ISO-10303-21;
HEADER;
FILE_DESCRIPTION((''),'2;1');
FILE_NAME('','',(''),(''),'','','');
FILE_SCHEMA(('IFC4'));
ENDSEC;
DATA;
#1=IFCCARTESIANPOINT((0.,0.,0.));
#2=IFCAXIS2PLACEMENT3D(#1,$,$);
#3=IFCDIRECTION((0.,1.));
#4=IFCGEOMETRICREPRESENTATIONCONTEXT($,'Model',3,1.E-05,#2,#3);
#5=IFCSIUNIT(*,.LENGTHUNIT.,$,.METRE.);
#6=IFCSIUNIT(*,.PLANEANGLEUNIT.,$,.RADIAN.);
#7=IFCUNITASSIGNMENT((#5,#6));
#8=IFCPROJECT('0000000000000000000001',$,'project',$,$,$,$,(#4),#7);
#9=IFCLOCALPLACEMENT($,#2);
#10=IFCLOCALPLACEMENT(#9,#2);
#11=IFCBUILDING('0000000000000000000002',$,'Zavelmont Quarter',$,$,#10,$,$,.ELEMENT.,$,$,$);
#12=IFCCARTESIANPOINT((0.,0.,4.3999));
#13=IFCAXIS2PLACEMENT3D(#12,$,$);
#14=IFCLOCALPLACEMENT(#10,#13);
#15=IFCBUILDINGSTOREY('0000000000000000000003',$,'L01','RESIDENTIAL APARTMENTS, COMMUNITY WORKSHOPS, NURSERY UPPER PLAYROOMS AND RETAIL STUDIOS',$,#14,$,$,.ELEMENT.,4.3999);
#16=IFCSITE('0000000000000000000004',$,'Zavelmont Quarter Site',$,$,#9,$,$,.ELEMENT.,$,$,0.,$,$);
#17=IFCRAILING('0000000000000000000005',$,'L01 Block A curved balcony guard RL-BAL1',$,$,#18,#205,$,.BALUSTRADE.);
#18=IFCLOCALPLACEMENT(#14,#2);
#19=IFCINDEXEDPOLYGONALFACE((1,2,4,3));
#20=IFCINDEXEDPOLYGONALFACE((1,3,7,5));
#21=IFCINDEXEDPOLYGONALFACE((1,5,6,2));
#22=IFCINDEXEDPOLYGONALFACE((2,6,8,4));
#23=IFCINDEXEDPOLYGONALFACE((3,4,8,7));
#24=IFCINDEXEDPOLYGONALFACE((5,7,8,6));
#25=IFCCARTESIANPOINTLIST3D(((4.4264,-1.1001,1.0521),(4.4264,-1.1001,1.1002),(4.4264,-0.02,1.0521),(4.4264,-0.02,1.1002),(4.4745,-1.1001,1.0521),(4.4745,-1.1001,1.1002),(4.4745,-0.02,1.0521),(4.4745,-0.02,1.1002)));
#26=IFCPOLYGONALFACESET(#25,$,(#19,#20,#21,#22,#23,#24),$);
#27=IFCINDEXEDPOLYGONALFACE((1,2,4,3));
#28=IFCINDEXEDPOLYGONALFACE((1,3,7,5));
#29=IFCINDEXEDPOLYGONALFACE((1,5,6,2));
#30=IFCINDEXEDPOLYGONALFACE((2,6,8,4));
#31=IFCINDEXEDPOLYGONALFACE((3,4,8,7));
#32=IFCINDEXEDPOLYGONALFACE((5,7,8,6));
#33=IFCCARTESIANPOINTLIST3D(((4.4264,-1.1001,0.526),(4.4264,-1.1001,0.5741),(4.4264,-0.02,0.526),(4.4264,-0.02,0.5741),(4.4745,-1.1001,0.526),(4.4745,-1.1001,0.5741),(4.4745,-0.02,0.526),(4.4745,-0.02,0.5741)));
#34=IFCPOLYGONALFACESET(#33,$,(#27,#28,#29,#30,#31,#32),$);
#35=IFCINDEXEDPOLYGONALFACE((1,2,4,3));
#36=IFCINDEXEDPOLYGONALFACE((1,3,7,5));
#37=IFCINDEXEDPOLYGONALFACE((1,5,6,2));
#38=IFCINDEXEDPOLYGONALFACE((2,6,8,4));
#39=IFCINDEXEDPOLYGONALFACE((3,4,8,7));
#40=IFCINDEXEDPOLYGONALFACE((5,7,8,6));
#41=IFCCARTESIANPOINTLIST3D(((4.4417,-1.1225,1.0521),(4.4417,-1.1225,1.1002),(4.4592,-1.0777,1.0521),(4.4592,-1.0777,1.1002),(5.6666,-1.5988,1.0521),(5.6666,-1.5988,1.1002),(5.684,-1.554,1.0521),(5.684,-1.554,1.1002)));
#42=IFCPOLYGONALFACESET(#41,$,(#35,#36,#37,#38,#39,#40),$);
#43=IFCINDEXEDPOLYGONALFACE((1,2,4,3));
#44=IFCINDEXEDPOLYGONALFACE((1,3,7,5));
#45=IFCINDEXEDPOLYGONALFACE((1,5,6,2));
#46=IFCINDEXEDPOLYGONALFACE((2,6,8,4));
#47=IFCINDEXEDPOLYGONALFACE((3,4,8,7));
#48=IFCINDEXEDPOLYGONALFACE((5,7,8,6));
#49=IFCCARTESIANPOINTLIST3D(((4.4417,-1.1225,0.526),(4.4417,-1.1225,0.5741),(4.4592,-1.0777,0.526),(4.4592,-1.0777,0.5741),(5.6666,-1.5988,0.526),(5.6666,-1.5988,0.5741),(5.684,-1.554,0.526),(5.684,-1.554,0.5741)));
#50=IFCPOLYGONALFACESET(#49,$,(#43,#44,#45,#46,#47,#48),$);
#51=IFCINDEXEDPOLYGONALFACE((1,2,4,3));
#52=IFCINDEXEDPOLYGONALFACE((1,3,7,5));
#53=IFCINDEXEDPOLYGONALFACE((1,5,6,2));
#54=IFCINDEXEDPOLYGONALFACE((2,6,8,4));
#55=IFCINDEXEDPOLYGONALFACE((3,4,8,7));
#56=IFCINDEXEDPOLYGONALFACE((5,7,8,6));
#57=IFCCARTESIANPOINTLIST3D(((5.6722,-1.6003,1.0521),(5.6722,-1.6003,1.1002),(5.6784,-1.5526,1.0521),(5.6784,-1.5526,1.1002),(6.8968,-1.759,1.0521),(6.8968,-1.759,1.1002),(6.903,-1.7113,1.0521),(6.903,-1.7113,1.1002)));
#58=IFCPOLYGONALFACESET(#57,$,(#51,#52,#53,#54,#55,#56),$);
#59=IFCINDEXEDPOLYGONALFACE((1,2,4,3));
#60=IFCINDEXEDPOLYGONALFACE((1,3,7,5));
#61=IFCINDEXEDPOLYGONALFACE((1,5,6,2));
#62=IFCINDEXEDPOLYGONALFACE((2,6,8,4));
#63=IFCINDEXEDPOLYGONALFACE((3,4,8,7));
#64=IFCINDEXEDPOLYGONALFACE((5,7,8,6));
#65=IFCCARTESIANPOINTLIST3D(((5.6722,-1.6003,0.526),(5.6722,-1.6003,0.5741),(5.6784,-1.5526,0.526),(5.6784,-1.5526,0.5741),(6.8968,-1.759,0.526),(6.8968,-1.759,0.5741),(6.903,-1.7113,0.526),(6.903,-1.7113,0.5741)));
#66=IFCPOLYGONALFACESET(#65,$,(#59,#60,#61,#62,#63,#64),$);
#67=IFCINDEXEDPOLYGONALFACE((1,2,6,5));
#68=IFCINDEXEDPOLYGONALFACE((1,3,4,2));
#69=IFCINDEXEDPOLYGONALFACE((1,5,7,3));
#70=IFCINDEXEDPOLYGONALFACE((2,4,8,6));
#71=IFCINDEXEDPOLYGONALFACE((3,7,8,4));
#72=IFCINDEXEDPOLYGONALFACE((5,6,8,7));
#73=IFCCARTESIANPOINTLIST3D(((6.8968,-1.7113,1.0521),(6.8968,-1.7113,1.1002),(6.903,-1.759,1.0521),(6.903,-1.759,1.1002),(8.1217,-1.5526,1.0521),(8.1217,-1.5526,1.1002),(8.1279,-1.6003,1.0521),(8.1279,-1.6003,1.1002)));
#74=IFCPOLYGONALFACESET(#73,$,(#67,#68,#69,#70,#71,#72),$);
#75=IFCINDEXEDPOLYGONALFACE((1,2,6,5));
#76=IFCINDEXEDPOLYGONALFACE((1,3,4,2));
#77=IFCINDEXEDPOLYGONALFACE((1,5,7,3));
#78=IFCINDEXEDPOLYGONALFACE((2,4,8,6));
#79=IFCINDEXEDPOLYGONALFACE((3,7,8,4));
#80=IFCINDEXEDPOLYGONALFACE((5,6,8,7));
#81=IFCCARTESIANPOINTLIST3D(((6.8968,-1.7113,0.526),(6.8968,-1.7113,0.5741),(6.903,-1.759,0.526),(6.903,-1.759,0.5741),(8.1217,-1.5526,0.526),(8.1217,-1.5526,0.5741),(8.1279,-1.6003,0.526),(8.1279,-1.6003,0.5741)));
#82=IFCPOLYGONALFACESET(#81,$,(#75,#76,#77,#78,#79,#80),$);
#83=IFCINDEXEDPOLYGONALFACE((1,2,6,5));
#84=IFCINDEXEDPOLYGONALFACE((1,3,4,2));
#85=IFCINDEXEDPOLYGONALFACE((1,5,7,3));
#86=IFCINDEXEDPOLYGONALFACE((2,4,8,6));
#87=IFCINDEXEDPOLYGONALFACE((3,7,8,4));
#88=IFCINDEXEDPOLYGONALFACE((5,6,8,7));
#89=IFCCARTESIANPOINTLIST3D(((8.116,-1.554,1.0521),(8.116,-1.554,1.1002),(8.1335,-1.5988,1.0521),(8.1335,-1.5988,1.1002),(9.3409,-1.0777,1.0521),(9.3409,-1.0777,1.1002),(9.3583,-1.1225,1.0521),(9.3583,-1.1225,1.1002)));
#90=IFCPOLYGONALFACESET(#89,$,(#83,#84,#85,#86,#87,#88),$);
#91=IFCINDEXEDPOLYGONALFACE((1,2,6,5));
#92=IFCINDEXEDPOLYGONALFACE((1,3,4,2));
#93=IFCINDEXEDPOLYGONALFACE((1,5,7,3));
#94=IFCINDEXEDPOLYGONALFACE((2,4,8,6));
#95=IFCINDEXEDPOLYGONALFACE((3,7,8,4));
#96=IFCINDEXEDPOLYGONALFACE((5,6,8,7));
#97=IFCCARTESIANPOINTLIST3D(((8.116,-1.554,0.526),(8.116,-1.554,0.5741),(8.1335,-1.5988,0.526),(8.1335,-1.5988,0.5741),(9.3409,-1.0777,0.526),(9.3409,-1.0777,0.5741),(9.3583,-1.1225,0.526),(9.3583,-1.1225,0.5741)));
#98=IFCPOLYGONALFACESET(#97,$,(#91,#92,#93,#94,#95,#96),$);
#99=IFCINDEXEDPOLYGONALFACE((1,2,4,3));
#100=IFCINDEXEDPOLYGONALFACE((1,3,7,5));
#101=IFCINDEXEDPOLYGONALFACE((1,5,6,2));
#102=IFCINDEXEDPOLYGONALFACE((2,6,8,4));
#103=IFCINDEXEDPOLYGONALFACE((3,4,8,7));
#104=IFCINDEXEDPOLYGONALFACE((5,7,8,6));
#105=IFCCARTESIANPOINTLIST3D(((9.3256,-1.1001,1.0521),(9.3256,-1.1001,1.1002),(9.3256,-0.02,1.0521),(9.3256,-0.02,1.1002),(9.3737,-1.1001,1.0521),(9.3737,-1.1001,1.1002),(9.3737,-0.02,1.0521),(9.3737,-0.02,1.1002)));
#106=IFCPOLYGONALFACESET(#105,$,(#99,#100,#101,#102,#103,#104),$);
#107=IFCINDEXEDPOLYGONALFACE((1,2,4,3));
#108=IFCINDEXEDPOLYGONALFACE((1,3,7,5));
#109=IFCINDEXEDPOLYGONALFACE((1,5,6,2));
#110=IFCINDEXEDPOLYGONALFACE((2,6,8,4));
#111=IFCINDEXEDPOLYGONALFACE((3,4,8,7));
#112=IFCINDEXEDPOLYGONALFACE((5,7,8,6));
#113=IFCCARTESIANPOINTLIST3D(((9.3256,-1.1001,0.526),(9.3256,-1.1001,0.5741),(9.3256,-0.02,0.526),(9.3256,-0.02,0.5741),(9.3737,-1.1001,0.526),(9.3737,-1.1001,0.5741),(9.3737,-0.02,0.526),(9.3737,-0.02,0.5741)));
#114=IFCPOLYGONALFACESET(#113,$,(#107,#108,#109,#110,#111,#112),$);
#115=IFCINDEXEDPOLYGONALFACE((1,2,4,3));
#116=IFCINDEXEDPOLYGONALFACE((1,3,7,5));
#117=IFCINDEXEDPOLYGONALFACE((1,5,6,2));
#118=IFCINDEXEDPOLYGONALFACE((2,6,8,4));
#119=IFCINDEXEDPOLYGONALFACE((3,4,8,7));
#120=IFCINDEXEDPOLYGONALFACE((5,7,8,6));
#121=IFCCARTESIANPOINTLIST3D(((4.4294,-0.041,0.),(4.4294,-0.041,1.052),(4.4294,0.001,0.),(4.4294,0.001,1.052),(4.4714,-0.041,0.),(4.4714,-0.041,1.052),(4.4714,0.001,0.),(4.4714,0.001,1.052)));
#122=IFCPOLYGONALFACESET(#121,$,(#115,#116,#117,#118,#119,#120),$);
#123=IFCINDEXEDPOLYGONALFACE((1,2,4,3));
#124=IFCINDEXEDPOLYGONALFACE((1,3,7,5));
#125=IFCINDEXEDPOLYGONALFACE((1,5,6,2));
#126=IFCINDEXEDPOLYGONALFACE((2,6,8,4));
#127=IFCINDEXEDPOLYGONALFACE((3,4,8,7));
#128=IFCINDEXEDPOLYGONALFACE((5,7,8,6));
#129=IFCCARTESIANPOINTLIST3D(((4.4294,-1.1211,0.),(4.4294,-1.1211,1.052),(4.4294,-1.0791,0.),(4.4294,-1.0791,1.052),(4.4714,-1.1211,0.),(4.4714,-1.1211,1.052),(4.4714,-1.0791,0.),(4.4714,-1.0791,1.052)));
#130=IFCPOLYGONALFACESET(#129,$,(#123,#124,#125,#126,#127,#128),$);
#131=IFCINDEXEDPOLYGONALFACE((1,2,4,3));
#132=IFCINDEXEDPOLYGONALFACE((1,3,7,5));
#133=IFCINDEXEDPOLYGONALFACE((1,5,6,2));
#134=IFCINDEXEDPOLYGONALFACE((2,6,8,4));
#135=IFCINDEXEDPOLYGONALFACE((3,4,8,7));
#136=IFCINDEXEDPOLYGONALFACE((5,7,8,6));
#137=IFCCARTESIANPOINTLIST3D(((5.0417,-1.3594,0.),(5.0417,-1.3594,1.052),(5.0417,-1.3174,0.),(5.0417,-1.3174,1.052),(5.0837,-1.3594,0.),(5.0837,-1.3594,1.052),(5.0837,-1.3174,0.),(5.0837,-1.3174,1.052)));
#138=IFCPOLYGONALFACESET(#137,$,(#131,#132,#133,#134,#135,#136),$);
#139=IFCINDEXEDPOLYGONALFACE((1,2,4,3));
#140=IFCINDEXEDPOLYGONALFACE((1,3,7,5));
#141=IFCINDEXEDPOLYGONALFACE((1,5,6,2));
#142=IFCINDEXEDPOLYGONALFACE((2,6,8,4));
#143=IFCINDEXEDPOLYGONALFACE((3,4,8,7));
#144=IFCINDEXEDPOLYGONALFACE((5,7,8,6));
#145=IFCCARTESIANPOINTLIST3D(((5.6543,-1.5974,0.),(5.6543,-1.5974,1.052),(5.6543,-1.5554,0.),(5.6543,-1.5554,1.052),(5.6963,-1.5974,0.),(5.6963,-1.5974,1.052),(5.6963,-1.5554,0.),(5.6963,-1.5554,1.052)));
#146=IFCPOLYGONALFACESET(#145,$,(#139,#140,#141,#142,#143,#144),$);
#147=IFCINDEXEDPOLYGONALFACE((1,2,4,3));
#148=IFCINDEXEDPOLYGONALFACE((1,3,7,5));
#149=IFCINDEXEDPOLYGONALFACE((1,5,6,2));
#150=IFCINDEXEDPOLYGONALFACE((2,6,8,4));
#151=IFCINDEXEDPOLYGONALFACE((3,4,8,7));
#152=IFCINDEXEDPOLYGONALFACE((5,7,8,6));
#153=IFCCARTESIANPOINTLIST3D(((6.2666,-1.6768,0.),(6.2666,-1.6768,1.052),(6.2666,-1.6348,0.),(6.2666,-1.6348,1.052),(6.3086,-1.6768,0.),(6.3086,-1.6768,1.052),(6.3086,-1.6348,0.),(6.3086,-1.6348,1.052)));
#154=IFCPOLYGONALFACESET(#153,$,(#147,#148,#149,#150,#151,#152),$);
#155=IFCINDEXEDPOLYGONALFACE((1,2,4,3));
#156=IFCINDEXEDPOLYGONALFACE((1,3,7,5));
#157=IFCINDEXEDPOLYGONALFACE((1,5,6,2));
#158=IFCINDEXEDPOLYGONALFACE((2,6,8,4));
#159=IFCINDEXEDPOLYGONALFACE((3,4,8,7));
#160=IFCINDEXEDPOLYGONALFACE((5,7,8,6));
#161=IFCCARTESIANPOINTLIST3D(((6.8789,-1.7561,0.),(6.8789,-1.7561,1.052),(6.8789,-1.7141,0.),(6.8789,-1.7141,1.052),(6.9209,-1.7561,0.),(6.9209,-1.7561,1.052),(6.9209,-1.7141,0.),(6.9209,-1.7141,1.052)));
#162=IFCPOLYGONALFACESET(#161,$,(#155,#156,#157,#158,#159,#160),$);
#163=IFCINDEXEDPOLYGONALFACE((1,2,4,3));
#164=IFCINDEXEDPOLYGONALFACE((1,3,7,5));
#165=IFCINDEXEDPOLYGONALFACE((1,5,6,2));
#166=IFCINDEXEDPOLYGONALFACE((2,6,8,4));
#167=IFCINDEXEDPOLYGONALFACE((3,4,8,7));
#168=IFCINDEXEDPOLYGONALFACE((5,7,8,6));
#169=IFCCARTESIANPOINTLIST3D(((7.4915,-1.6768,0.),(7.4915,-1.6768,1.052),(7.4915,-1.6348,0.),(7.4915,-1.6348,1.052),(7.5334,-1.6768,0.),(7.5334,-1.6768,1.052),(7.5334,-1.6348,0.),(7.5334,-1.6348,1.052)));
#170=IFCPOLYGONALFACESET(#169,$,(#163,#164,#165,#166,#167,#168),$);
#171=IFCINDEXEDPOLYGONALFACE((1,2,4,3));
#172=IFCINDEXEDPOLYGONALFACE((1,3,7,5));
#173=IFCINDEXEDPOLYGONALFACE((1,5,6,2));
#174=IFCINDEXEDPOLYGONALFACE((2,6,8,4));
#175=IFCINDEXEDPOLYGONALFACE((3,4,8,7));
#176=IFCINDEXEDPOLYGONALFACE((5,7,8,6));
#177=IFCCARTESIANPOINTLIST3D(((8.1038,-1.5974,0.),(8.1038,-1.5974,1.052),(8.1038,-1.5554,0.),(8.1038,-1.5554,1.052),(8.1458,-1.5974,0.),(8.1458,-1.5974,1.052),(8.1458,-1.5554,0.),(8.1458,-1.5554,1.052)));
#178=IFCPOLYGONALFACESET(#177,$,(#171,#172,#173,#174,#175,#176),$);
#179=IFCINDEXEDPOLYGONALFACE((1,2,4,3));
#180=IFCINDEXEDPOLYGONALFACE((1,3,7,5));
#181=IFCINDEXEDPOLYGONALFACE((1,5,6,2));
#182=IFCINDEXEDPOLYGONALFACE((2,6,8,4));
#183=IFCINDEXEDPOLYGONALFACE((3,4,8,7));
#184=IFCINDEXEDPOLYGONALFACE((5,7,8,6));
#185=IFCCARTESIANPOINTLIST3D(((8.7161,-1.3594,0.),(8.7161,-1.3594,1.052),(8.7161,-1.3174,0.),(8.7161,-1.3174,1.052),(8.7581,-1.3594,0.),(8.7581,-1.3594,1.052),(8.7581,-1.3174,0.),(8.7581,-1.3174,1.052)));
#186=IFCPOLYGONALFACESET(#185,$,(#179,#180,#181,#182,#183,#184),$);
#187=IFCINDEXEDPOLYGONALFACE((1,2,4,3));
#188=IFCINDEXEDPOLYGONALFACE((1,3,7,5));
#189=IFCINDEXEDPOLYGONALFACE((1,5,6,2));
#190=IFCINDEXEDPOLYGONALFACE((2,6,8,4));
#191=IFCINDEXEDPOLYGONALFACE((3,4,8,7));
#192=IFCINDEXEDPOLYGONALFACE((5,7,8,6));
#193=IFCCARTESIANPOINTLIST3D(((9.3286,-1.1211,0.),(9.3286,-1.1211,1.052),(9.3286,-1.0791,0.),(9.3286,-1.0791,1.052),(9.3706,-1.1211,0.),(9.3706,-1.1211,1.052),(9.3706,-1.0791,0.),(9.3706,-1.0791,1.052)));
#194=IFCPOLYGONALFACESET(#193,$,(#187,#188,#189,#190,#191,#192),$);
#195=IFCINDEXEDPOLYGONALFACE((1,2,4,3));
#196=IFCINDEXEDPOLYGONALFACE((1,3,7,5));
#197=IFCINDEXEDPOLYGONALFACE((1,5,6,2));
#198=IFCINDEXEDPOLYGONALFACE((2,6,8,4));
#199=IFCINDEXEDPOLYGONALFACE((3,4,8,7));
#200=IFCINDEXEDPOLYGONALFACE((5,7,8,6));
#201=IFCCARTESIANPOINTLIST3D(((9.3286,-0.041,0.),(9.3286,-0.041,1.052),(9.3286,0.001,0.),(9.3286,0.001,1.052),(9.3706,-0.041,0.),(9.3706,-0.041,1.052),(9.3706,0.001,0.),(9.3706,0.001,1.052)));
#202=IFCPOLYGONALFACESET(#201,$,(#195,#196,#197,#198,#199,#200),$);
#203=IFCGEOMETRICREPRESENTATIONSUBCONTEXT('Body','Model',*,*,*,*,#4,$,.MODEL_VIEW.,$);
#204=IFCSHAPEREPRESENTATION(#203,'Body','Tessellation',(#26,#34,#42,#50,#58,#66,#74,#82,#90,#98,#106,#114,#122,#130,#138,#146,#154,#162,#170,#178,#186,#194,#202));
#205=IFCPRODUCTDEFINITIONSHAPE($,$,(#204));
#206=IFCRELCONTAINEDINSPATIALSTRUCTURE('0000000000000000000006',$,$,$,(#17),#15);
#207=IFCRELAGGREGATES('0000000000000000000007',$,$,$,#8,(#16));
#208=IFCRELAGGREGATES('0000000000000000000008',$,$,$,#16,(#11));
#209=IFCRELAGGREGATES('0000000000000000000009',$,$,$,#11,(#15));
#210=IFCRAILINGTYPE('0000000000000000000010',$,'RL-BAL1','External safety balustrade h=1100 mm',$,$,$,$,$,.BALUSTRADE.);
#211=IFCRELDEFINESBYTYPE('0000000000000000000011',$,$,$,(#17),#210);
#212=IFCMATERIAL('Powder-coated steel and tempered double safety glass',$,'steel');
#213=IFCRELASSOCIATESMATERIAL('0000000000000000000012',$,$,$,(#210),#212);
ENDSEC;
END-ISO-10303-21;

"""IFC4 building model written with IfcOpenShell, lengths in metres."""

from ifc_helpers import new_model, si_unit, direction, frame, origin, origin_2d, place, context, subcontext, project, spatial, rectangle, extrude, material, type_object, element, save


model = new_model("IFC4")

# Units and contexts
model_context = context("Model", 3, precision=1e-05, world=origin(), true_north=direction((0.0, 1.0)))
body_context = subcontext(model_context, "Body", "Model", "MODEL_VIEW")
ifc_project = project(units=[si_unit("LENGTHUNIT", "METRE"), si_unit("PLANEANGLEUNIT", "RADIAN")], contexts=[model_context])

# Site, building, storey
site_placement = place(None, origin())
site = spatial("IfcSite", under=ifc_project, at=site_placement, Name="Zavelmont Quarter Site", CompositionType="ELEMENT", RefElevation=0.0)
building_placement = place(site_placement, origin())
building = spatial("IfcBuilding", under=site, at=building_placement, Name="Zavelmont Quarter", CompositionType="ELEMENT")
storey_placement = place(building_placement, frame((0.0, 0.0, 4.3999)))
storey = spatial("IfcBuildingStorey", under=building, at=storey_placement, Name="L01", Description="RESIDENTIAL APARTMENTS, COMMUNITY WORKSHOPS, NURSERY UPPER PLAYROOMS AND RETAIL STUDIOS", CompositionType="ELEMENT", Elevation=4.3999)

# Railing
ifc_material_1 = material(Name="Powder-coated steel and tempered double safety glass", Category="steel")
railing_type = type_object("IfcRailingType", Name="RL-BAL1", Description="External safety balustrade h=1100 mm", PredefinedType="BALUSTRADE", material=ifc_material_1)
railing_1_placement = place(storey_placement, frame((4.4504, -0.02, 0.0)))
element("IfcRailing", 1, at=railing_1_placement, inside=storey, type_object=railing_type, Name="L01 Block A curved balcony guard RL-BAL1", PredefinedType="BALUSTRADE", context=body_context, shape_type="SweptSolid", body=[
    extrude(rectangle(XDim=0.0481, YDim=0.0481, at=origin_2d()), frame((0.0, 0.0, 1.0762), z_axis=(0.0, -1.0, 0.0), x_axis=(1.0, 0.0, 0.0)), (0.0, 0.0, 1.0), 1.0801),
    extrude(rectangle(XDim=0.0481, YDim=0.0481, at=origin_2d()), frame((0.0, 0.0, 0.55), z_axis=(0.0, -1.0, 0.0), x_axis=(1.0, 0.0, 0.0)), (0.0, 0.0, 1.0), 1.0801),
    extrude(rectangle(XDim=0.0481, YDim=0.0481, at=origin_2d()), frame((0.0, -1.0801, 1.0762), z_axis=(0.932008, -0.362437, 0.0), x_axis=(0.362437, 0.932008, 0.0)), (0.0, 0.0, 1.0), 1.3142),
    extrude(rectangle(XDim=0.0481, YDim=0.0481, at=origin_2d()), frame((0.0, -1.0801, 0.55), z_axis=(0.932008, -0.362437, 0.0), x_axis=(0.362437, 0.932008, 0.0)), (0.0, 0.0, 1.0), 1.3142),
    extrude(rectangle(XDim=0.0481, YDim=0.0481, at=origin_2d()), frame((1.2249, -1.5564, 1.0762), z_axis=(0.991708, -0.128511, 0.0), x_axis=(0.128511, 0.991708, 0.0)), (0.0, 0.0, 1.0), 1.2349),
    extrude(rectangle(XDim=0.0481, YDim=0.0481, at=origin_2d()), frame((1.2249, -1.5564, 0.55), z_axis=(0.991708, -0.128511, 0.0), x_axis=(0.128511, 0.991708, 0.0)), (0.0, 0.0, 1.0), 1.2349),
    extrude(rectangle(XDim=0.0481, YDim=0.0481, at=origin_2d()), frame((2.4495, -1.7151, 1.0762), z_axis=(0.991711, 0.128486, 0.0), x_axis=(-0.128486, 0.991711, 0.0)), (0.0, 0.0, 1.0), 1.2351),
    extrude(rectangle(XDim=0.0481, YDim=0.0481, at=origin_2d()), frame((2.4495, -1.7151, 0.55), z_axis=(0.991711, 0.128486, 0.0), x_axis=(-0.128486, 0.991711, 0.0)), (0.0, 0.0, 1.0), 1.2351),
    extrude(rectangle(XDim=0.0481, YDim=0.0481, at=origin_2d()), frame((3.6743, -1.5564, 1.0762), z_axis=(0.932008, 0.362437, 0.0), x_axis=(-0.362437, 0.932008, 0.0)), (0.0, 0.0, 1.0), 1.3142),
    extrude(rectangle(XDim=0.0481, YDim=0.0481, at=origin_2d()), frame((3.6743, -1.5564, 0.55), z_axis=(0.932008, 0.362437, 0.0), x_axis=(-0.362437, 0.932008, 0.0)), (0.0, 0.0, 1.0), 1.3142),
    extrude(rectangle(XDim=0.0481, YDim=0.0481, at=origin_2d()), frame((4.8992, -1.0801, 1.0762), z_axis=(0.0, 1.0, 0.0), x_axis=(-1.0, 0.0, 0.0)), (0.0, 0.0, 1.0), 1.0801),
    extrude(rectangle(XDim=0.0481, YDim=0.0481, at=origin_2d()), frame((4.8992, -1.0801, 0.55), z_axis=(0.0, 1.0, 0.0), x_axis=(-1.0, 0.0, 0.0)), (0.0, 0.0, 1.0), 1.0801),
    extrude(rectangle(XDim=0.042, YDim=0.042, at=origin_2d()), origin(), (0.0, 0.0, 1.0), 1.052),
    extrude(rectangle(XDim=0.042, YDim=0.042, at=origin_2d()), frame((0.0, -1.0801, 0.0)), (0.0, 0.0, 1.0), 1.052),
    extrude(rectangle(XDim=0.042, YDim=0.042, at=origin_2d()), frame((0.6123, -1.3184, 0.0)), (0.0, 0.0, 1.0), 1.052),
    extrude(rectangle(XDim=0.042, YDim=0.042, at=origin_2d()), frame((1.2249, -1.5564, 0.0)), (0.0, 0.0, 1.0), 1.052),
    extrude(rectangle(XDim=0.042, YDim=0.042, at=origin_2d()), frame((1.8372, -1.6357, 0.0)), (0.0, 0.0, 1.0), 1.052),
    extrude(rectangle(XDim=0.042, YDim=0.042, at=origin_2d()), frame((2.4495, -1.7151, 0.0)), (0.0, 0.0, 1.0), 1.052),
    extrude(rectangle(XDim=0.042, YDim=0.042, at=origin_2d()), frame((3.062, -1.6357, 0.0)), (0.0, 0.0, 1.0), 1.052),
    extrude(rectangle(XDim=0.042, YDim=0.042, at=origin_2d()), frame((3.6743, -1.5564, 0.0)), (0.0, 0.0, 1.0), 1.052),
    extrude(rectangle(XDim=0.042, YDim=0.042, at=origin_2d()), frame((4.2866, -1.3184, 0.0)), (0.0, 0.0, 1.0), 1.052),
    extrude(rectangle(XDim=0.042, YDim=0.042, at=origin_2d()), frame((4.8992, -1.0801, 0.0)), (0.0, 0.0, 1.0), 1.052),
    extrude(rectangle(XDim=0.042, YDim=0.042, at=origin_2d()), frame((4.8992, 0.0, 0.0)), (0.0, 0.0, 1.0), 1.052),
])

save(model, "model.ifc")
